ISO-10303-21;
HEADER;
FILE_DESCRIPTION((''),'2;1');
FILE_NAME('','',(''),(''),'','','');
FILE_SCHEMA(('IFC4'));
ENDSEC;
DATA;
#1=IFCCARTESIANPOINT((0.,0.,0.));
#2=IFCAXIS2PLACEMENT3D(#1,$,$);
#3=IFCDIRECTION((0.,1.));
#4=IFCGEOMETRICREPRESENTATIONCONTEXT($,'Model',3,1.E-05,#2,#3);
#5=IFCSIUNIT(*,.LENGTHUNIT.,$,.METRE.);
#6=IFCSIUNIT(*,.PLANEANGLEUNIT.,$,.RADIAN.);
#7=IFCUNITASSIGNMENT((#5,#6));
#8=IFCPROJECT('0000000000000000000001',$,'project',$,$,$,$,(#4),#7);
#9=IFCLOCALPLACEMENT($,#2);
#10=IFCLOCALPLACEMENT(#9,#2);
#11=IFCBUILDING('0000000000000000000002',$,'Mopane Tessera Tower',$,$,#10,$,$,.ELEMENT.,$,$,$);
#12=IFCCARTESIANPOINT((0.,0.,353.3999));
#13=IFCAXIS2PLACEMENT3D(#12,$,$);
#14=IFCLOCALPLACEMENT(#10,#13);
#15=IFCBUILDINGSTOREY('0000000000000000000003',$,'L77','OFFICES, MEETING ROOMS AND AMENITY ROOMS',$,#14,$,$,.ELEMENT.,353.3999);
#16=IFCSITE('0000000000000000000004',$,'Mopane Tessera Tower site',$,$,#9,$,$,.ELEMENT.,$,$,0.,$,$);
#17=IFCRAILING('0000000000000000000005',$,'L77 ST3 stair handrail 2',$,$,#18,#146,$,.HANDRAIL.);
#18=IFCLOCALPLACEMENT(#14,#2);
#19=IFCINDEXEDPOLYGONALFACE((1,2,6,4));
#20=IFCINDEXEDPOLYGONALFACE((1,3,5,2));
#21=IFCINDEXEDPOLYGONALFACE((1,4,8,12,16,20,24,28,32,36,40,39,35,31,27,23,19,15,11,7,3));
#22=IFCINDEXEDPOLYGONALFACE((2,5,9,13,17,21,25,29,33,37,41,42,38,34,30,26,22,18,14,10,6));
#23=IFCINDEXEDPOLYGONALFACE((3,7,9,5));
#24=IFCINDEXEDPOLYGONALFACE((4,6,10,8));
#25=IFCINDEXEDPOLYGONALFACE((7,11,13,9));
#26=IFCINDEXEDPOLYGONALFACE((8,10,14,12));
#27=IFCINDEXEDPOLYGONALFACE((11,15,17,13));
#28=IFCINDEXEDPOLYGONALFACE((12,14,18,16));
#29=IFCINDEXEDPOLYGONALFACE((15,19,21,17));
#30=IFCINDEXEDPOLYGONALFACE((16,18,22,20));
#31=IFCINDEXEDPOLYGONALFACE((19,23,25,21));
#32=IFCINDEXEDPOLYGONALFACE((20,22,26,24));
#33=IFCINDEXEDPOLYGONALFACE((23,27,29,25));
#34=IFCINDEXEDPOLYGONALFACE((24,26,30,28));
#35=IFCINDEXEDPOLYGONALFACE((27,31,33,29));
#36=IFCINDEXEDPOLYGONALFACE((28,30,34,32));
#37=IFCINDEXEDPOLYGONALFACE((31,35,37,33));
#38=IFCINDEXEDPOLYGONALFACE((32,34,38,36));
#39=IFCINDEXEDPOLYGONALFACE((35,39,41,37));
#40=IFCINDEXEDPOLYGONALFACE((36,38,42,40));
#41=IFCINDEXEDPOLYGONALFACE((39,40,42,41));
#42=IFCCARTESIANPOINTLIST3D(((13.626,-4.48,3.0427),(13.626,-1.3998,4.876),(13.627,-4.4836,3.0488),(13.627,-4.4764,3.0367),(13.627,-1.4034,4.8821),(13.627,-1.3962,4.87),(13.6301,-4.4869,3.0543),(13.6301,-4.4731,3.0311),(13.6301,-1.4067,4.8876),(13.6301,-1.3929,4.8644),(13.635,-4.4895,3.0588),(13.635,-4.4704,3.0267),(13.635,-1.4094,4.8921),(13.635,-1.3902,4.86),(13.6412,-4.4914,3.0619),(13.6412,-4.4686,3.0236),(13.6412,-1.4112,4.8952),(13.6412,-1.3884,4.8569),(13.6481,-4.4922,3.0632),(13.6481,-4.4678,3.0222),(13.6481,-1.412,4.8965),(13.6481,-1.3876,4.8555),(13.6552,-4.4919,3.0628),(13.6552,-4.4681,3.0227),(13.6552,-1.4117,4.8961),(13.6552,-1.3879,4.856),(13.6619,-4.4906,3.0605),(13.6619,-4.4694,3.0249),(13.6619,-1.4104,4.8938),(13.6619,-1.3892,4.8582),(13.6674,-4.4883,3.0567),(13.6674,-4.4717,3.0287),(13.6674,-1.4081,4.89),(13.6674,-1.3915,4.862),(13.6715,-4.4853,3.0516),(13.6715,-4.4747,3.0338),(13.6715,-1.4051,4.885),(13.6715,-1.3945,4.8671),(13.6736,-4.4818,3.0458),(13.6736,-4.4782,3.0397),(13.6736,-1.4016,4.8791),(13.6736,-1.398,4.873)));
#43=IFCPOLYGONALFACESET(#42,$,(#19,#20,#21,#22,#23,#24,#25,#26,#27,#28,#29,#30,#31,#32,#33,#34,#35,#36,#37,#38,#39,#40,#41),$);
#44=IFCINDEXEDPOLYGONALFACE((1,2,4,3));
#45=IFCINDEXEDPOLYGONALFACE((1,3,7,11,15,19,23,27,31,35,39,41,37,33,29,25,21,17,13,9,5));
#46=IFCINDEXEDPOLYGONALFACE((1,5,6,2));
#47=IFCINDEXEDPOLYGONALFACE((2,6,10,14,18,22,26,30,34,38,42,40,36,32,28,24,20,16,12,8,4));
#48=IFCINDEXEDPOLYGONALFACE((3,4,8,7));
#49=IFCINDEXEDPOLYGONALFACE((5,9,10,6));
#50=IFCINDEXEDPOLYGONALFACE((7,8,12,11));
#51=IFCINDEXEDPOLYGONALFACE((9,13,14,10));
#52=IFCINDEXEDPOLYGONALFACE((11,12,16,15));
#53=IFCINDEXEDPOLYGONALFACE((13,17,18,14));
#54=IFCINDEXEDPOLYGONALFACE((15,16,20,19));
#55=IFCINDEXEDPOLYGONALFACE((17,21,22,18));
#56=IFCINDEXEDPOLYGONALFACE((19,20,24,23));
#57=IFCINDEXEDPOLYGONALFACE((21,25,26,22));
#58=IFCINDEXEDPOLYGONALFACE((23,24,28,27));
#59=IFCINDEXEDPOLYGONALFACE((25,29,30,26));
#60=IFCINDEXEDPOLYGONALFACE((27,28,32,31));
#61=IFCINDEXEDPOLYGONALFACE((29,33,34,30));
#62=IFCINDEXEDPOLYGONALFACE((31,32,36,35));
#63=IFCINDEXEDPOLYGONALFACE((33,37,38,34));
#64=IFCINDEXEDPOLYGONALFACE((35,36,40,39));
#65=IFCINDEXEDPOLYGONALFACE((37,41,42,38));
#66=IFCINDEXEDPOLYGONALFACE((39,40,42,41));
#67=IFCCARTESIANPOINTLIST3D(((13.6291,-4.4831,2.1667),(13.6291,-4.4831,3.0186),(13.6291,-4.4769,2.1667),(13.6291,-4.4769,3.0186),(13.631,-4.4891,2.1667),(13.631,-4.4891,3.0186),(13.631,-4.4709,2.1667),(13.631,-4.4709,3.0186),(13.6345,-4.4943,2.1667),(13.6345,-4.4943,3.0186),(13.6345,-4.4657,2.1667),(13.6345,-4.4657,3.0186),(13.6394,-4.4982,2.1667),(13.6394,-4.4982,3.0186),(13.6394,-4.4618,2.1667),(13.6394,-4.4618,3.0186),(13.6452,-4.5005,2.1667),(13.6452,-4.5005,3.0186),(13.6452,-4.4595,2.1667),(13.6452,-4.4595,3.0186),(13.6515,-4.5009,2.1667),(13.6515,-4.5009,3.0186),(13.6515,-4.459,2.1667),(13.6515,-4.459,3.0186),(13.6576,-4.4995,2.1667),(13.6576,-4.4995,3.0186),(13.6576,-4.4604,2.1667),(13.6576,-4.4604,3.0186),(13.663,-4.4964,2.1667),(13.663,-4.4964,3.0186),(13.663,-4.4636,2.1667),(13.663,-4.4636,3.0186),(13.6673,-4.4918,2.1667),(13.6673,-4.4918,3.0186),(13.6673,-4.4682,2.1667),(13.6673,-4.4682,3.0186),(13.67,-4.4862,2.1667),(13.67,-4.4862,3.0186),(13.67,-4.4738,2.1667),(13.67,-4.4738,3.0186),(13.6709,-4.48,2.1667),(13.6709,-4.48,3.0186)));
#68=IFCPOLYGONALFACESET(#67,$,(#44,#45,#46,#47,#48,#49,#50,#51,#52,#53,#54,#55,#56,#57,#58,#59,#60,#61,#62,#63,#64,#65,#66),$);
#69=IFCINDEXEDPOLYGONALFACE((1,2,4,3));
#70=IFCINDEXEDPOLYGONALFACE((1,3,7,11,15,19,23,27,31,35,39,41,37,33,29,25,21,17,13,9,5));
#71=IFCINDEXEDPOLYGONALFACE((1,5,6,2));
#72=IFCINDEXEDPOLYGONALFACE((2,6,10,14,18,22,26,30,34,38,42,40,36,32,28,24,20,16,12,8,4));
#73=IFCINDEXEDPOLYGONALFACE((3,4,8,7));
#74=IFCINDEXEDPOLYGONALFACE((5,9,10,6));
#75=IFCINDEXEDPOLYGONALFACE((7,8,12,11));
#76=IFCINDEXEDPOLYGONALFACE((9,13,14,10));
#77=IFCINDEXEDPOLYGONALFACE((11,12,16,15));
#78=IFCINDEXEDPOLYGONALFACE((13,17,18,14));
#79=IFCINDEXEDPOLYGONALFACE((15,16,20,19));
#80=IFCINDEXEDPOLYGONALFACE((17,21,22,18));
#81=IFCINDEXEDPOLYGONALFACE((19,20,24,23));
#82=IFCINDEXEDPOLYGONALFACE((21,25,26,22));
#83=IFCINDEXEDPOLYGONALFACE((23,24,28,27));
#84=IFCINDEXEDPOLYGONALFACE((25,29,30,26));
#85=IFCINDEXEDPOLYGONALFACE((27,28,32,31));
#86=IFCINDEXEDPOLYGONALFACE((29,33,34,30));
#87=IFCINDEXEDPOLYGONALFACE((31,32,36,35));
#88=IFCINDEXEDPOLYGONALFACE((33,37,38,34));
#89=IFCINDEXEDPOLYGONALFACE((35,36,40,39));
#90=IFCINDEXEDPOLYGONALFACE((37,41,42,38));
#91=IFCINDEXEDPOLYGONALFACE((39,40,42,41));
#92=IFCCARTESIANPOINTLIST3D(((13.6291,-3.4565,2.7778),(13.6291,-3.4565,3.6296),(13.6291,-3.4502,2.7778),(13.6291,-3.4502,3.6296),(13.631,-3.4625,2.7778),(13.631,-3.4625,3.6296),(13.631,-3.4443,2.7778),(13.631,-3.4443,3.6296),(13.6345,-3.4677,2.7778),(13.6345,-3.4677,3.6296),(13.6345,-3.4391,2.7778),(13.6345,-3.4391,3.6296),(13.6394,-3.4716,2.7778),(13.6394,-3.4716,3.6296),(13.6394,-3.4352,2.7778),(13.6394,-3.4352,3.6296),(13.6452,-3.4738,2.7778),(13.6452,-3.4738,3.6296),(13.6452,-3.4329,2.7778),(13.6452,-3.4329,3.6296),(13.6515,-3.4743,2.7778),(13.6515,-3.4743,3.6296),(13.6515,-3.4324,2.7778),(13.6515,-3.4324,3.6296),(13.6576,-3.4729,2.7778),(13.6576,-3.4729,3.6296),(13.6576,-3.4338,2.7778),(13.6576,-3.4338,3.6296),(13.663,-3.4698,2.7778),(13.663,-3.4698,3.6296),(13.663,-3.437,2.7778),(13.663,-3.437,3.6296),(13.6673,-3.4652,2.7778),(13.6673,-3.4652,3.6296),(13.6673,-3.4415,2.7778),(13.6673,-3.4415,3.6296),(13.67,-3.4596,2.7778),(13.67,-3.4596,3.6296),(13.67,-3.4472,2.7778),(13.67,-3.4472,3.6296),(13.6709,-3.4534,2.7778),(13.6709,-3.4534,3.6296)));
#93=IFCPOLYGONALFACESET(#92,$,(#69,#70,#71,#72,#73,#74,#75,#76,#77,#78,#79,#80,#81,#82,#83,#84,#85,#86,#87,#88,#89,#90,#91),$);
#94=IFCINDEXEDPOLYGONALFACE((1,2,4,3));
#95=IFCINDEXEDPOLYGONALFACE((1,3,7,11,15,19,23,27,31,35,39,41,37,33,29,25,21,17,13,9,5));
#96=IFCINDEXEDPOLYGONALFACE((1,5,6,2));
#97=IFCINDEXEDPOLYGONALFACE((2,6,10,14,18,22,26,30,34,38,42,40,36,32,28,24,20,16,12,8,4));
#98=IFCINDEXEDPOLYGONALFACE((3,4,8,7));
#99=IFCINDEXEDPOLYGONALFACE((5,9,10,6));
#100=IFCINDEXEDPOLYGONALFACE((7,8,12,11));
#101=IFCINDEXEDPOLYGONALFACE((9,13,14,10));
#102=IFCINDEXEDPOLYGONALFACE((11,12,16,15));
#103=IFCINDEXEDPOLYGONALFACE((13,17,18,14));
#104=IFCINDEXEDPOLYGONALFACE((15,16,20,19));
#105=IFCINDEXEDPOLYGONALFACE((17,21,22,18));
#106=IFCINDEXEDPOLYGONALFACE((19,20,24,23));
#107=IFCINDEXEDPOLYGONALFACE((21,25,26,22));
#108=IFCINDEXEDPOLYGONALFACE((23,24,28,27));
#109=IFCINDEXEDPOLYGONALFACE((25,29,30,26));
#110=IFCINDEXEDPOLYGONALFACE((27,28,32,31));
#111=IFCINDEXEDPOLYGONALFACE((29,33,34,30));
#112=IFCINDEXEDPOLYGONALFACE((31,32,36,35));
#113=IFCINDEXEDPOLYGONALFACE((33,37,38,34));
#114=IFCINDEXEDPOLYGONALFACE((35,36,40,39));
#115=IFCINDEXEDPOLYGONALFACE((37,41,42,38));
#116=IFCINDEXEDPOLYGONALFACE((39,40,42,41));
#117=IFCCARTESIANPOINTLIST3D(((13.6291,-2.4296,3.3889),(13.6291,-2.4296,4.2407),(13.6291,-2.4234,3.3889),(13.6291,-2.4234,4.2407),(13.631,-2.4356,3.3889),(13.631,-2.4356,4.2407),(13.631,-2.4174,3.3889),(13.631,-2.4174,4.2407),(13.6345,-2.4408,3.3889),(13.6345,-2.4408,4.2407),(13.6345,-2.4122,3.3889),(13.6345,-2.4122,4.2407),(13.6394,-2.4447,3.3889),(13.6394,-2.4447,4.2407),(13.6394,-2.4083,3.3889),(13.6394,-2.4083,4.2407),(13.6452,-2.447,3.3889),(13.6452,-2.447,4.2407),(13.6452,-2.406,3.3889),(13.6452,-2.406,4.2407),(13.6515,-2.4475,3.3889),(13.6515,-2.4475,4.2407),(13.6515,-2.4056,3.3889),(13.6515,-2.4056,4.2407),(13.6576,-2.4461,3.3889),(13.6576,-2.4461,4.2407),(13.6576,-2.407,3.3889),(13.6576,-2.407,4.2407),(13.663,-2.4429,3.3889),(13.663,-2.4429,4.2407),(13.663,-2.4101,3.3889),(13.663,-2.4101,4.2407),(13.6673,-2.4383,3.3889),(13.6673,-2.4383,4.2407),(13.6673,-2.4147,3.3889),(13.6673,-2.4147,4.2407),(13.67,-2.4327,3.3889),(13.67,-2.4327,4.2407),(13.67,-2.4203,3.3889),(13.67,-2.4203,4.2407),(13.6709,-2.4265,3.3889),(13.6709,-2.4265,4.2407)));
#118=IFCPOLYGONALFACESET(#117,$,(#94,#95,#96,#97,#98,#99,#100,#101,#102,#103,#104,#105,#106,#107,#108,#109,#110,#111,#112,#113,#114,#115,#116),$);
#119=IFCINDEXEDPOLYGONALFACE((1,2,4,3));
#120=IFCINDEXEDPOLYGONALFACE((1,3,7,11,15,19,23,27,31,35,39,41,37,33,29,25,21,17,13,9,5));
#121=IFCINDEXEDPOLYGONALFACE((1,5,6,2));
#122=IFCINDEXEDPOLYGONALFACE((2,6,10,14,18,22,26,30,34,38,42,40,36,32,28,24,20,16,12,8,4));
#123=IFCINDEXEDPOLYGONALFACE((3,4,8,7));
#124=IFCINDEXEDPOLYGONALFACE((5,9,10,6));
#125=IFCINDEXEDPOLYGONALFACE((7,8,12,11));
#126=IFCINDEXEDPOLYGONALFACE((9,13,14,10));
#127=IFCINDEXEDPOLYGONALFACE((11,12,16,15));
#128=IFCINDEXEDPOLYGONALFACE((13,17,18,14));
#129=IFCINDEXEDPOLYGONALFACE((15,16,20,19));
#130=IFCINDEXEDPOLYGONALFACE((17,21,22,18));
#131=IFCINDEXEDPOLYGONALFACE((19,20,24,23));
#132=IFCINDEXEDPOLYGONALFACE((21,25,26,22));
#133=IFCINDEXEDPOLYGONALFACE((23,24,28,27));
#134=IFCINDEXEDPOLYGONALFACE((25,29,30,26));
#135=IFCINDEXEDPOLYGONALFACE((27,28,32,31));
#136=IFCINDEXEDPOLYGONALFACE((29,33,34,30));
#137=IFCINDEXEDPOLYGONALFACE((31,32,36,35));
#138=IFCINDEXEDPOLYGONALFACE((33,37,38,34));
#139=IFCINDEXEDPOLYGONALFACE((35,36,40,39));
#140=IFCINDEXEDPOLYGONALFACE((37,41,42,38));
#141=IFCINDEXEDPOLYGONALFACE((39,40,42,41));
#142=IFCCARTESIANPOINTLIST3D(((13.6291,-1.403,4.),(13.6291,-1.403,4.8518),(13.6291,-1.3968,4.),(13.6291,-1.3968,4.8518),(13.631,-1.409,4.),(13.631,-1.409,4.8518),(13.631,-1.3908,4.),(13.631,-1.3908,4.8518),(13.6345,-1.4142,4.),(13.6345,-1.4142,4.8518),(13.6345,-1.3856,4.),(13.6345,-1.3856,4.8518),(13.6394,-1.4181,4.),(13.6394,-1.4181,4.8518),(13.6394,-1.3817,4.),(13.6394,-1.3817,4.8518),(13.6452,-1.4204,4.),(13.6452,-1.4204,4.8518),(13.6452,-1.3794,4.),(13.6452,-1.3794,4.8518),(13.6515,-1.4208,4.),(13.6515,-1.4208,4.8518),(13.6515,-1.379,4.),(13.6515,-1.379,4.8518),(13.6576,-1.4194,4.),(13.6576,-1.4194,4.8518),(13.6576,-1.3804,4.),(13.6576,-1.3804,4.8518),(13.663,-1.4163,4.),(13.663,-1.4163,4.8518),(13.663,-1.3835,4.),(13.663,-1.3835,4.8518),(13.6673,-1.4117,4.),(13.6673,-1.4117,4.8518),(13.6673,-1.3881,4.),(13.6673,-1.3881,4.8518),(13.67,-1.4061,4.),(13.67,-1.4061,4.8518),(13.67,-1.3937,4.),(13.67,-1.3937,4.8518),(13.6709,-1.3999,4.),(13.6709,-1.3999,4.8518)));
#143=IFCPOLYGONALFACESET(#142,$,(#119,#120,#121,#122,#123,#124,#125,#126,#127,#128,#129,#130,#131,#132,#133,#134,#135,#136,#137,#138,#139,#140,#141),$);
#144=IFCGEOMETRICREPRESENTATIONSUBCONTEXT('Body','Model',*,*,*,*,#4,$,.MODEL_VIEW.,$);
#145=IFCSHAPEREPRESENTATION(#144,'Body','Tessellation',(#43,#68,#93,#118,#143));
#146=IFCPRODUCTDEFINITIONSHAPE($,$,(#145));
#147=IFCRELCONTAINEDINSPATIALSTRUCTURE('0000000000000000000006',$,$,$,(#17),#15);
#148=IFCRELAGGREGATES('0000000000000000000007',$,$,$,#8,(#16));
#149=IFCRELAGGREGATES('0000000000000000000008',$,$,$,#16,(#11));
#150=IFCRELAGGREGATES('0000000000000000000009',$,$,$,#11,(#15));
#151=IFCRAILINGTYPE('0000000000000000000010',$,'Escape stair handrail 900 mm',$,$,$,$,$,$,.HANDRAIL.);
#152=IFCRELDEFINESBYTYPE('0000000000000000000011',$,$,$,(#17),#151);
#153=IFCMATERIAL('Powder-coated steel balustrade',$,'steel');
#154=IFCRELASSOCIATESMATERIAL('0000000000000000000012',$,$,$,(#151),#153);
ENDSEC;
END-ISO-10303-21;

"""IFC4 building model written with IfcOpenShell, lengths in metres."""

from ifc_helpers import new_model, si_unit, direction, frame, origin, origin_2d, place, context, subcontext, project, spatial, circle, extrude, material, type_object, element, save


model = new_model("IFC4")

# Units and contexts
model_context = context("Model", 3, precision=1e-05, world=origin(), true_north=direction((0.0, 1.0)))
body_context = subcontext(model_context, "Body", "Model", "MODEL_VIEW")
ifc_project = project(units=[si_unit("LENGTHUNIT", "METRE"), si_unit("PLANEANGLEUNIT", "RADIAN")], contexts=[model_context])

# Site, building, storey
site_placement = place(None, origin())
site = spatial("IfcSite", under=ifc_project, at=site_placement, Name="Mopane Tessera Tower site", CompositionType="ELEMENT", RefElevation=0.0)
building_placement = place(site_placement, origin())
building = spatial("IfcBuilding", under=site, at=building_placement, Name="Mopane Tessera Tower", CompositionType="ELEMENT")
storey_placement = place(building_placement, frame((0.0, 0.0, 353.3999)))
storey = spatial("IfcBuildingStorey", under=building, at=storey_placement, Name="L77", Description="OFFICES, MEETING ROOMS AND AMENITY ROOMS", CompositionType="ELEMENT", Elevation=353.3999)

# Railing
ifc_material_1 = material(Name="Powder-coated steel balustrade", Category="steel")
railing_type_1 = type_object("IfcRailingType", Name="Escape stair handrail 900 mm", PredefinedType="HANDRAIL", material=ifc_material_1)
railing_1_placement = place(storey_placement, frame((13.6499, -4.48, 2.1667)))
element("IfcRailing", 1, at=railing_1_placement, inside=storey, type_object=railing_type_1, Name="L77 ST3 stair handrail 2", PredefinedType="HANDRAIL", context=body_context, shape_type="SweptSolid", body=[
    extrude(circle(Radius=0.0239, at=origin_2d()), frame((0.0, 0.0, 0.876), z_axis=(0.0, 0.859309, 0.511458), x_axis=(-1.0, 0.0, 0.0)), (0.0, 0.0, 1.0), 3.5845),
    extrude(circle(Radius=0.021, at=origin_2d()), origin(), (0.0, 0.0, 1.0), 0.8518),
    extrude(circle(Radius=0.021, at=origin_2d()), frame((0.0, 1.0266, 0.6111)), (0.0, 0.0, 1.0), 0.8518),
    extrude(circle(Radius=0.021, at=origin_2d()), frame((0.0, 2.0535, 1.2222)), (0.0, 0.0, 1.0), 0.8518),
    extrude(circle(Radius=0.021, at=origin_2d()), frame((0.0, 3.0801, 1.8333)), (0.0, 0.0, 1.0), 0.8518),
])

save(model, "model.ifc")
